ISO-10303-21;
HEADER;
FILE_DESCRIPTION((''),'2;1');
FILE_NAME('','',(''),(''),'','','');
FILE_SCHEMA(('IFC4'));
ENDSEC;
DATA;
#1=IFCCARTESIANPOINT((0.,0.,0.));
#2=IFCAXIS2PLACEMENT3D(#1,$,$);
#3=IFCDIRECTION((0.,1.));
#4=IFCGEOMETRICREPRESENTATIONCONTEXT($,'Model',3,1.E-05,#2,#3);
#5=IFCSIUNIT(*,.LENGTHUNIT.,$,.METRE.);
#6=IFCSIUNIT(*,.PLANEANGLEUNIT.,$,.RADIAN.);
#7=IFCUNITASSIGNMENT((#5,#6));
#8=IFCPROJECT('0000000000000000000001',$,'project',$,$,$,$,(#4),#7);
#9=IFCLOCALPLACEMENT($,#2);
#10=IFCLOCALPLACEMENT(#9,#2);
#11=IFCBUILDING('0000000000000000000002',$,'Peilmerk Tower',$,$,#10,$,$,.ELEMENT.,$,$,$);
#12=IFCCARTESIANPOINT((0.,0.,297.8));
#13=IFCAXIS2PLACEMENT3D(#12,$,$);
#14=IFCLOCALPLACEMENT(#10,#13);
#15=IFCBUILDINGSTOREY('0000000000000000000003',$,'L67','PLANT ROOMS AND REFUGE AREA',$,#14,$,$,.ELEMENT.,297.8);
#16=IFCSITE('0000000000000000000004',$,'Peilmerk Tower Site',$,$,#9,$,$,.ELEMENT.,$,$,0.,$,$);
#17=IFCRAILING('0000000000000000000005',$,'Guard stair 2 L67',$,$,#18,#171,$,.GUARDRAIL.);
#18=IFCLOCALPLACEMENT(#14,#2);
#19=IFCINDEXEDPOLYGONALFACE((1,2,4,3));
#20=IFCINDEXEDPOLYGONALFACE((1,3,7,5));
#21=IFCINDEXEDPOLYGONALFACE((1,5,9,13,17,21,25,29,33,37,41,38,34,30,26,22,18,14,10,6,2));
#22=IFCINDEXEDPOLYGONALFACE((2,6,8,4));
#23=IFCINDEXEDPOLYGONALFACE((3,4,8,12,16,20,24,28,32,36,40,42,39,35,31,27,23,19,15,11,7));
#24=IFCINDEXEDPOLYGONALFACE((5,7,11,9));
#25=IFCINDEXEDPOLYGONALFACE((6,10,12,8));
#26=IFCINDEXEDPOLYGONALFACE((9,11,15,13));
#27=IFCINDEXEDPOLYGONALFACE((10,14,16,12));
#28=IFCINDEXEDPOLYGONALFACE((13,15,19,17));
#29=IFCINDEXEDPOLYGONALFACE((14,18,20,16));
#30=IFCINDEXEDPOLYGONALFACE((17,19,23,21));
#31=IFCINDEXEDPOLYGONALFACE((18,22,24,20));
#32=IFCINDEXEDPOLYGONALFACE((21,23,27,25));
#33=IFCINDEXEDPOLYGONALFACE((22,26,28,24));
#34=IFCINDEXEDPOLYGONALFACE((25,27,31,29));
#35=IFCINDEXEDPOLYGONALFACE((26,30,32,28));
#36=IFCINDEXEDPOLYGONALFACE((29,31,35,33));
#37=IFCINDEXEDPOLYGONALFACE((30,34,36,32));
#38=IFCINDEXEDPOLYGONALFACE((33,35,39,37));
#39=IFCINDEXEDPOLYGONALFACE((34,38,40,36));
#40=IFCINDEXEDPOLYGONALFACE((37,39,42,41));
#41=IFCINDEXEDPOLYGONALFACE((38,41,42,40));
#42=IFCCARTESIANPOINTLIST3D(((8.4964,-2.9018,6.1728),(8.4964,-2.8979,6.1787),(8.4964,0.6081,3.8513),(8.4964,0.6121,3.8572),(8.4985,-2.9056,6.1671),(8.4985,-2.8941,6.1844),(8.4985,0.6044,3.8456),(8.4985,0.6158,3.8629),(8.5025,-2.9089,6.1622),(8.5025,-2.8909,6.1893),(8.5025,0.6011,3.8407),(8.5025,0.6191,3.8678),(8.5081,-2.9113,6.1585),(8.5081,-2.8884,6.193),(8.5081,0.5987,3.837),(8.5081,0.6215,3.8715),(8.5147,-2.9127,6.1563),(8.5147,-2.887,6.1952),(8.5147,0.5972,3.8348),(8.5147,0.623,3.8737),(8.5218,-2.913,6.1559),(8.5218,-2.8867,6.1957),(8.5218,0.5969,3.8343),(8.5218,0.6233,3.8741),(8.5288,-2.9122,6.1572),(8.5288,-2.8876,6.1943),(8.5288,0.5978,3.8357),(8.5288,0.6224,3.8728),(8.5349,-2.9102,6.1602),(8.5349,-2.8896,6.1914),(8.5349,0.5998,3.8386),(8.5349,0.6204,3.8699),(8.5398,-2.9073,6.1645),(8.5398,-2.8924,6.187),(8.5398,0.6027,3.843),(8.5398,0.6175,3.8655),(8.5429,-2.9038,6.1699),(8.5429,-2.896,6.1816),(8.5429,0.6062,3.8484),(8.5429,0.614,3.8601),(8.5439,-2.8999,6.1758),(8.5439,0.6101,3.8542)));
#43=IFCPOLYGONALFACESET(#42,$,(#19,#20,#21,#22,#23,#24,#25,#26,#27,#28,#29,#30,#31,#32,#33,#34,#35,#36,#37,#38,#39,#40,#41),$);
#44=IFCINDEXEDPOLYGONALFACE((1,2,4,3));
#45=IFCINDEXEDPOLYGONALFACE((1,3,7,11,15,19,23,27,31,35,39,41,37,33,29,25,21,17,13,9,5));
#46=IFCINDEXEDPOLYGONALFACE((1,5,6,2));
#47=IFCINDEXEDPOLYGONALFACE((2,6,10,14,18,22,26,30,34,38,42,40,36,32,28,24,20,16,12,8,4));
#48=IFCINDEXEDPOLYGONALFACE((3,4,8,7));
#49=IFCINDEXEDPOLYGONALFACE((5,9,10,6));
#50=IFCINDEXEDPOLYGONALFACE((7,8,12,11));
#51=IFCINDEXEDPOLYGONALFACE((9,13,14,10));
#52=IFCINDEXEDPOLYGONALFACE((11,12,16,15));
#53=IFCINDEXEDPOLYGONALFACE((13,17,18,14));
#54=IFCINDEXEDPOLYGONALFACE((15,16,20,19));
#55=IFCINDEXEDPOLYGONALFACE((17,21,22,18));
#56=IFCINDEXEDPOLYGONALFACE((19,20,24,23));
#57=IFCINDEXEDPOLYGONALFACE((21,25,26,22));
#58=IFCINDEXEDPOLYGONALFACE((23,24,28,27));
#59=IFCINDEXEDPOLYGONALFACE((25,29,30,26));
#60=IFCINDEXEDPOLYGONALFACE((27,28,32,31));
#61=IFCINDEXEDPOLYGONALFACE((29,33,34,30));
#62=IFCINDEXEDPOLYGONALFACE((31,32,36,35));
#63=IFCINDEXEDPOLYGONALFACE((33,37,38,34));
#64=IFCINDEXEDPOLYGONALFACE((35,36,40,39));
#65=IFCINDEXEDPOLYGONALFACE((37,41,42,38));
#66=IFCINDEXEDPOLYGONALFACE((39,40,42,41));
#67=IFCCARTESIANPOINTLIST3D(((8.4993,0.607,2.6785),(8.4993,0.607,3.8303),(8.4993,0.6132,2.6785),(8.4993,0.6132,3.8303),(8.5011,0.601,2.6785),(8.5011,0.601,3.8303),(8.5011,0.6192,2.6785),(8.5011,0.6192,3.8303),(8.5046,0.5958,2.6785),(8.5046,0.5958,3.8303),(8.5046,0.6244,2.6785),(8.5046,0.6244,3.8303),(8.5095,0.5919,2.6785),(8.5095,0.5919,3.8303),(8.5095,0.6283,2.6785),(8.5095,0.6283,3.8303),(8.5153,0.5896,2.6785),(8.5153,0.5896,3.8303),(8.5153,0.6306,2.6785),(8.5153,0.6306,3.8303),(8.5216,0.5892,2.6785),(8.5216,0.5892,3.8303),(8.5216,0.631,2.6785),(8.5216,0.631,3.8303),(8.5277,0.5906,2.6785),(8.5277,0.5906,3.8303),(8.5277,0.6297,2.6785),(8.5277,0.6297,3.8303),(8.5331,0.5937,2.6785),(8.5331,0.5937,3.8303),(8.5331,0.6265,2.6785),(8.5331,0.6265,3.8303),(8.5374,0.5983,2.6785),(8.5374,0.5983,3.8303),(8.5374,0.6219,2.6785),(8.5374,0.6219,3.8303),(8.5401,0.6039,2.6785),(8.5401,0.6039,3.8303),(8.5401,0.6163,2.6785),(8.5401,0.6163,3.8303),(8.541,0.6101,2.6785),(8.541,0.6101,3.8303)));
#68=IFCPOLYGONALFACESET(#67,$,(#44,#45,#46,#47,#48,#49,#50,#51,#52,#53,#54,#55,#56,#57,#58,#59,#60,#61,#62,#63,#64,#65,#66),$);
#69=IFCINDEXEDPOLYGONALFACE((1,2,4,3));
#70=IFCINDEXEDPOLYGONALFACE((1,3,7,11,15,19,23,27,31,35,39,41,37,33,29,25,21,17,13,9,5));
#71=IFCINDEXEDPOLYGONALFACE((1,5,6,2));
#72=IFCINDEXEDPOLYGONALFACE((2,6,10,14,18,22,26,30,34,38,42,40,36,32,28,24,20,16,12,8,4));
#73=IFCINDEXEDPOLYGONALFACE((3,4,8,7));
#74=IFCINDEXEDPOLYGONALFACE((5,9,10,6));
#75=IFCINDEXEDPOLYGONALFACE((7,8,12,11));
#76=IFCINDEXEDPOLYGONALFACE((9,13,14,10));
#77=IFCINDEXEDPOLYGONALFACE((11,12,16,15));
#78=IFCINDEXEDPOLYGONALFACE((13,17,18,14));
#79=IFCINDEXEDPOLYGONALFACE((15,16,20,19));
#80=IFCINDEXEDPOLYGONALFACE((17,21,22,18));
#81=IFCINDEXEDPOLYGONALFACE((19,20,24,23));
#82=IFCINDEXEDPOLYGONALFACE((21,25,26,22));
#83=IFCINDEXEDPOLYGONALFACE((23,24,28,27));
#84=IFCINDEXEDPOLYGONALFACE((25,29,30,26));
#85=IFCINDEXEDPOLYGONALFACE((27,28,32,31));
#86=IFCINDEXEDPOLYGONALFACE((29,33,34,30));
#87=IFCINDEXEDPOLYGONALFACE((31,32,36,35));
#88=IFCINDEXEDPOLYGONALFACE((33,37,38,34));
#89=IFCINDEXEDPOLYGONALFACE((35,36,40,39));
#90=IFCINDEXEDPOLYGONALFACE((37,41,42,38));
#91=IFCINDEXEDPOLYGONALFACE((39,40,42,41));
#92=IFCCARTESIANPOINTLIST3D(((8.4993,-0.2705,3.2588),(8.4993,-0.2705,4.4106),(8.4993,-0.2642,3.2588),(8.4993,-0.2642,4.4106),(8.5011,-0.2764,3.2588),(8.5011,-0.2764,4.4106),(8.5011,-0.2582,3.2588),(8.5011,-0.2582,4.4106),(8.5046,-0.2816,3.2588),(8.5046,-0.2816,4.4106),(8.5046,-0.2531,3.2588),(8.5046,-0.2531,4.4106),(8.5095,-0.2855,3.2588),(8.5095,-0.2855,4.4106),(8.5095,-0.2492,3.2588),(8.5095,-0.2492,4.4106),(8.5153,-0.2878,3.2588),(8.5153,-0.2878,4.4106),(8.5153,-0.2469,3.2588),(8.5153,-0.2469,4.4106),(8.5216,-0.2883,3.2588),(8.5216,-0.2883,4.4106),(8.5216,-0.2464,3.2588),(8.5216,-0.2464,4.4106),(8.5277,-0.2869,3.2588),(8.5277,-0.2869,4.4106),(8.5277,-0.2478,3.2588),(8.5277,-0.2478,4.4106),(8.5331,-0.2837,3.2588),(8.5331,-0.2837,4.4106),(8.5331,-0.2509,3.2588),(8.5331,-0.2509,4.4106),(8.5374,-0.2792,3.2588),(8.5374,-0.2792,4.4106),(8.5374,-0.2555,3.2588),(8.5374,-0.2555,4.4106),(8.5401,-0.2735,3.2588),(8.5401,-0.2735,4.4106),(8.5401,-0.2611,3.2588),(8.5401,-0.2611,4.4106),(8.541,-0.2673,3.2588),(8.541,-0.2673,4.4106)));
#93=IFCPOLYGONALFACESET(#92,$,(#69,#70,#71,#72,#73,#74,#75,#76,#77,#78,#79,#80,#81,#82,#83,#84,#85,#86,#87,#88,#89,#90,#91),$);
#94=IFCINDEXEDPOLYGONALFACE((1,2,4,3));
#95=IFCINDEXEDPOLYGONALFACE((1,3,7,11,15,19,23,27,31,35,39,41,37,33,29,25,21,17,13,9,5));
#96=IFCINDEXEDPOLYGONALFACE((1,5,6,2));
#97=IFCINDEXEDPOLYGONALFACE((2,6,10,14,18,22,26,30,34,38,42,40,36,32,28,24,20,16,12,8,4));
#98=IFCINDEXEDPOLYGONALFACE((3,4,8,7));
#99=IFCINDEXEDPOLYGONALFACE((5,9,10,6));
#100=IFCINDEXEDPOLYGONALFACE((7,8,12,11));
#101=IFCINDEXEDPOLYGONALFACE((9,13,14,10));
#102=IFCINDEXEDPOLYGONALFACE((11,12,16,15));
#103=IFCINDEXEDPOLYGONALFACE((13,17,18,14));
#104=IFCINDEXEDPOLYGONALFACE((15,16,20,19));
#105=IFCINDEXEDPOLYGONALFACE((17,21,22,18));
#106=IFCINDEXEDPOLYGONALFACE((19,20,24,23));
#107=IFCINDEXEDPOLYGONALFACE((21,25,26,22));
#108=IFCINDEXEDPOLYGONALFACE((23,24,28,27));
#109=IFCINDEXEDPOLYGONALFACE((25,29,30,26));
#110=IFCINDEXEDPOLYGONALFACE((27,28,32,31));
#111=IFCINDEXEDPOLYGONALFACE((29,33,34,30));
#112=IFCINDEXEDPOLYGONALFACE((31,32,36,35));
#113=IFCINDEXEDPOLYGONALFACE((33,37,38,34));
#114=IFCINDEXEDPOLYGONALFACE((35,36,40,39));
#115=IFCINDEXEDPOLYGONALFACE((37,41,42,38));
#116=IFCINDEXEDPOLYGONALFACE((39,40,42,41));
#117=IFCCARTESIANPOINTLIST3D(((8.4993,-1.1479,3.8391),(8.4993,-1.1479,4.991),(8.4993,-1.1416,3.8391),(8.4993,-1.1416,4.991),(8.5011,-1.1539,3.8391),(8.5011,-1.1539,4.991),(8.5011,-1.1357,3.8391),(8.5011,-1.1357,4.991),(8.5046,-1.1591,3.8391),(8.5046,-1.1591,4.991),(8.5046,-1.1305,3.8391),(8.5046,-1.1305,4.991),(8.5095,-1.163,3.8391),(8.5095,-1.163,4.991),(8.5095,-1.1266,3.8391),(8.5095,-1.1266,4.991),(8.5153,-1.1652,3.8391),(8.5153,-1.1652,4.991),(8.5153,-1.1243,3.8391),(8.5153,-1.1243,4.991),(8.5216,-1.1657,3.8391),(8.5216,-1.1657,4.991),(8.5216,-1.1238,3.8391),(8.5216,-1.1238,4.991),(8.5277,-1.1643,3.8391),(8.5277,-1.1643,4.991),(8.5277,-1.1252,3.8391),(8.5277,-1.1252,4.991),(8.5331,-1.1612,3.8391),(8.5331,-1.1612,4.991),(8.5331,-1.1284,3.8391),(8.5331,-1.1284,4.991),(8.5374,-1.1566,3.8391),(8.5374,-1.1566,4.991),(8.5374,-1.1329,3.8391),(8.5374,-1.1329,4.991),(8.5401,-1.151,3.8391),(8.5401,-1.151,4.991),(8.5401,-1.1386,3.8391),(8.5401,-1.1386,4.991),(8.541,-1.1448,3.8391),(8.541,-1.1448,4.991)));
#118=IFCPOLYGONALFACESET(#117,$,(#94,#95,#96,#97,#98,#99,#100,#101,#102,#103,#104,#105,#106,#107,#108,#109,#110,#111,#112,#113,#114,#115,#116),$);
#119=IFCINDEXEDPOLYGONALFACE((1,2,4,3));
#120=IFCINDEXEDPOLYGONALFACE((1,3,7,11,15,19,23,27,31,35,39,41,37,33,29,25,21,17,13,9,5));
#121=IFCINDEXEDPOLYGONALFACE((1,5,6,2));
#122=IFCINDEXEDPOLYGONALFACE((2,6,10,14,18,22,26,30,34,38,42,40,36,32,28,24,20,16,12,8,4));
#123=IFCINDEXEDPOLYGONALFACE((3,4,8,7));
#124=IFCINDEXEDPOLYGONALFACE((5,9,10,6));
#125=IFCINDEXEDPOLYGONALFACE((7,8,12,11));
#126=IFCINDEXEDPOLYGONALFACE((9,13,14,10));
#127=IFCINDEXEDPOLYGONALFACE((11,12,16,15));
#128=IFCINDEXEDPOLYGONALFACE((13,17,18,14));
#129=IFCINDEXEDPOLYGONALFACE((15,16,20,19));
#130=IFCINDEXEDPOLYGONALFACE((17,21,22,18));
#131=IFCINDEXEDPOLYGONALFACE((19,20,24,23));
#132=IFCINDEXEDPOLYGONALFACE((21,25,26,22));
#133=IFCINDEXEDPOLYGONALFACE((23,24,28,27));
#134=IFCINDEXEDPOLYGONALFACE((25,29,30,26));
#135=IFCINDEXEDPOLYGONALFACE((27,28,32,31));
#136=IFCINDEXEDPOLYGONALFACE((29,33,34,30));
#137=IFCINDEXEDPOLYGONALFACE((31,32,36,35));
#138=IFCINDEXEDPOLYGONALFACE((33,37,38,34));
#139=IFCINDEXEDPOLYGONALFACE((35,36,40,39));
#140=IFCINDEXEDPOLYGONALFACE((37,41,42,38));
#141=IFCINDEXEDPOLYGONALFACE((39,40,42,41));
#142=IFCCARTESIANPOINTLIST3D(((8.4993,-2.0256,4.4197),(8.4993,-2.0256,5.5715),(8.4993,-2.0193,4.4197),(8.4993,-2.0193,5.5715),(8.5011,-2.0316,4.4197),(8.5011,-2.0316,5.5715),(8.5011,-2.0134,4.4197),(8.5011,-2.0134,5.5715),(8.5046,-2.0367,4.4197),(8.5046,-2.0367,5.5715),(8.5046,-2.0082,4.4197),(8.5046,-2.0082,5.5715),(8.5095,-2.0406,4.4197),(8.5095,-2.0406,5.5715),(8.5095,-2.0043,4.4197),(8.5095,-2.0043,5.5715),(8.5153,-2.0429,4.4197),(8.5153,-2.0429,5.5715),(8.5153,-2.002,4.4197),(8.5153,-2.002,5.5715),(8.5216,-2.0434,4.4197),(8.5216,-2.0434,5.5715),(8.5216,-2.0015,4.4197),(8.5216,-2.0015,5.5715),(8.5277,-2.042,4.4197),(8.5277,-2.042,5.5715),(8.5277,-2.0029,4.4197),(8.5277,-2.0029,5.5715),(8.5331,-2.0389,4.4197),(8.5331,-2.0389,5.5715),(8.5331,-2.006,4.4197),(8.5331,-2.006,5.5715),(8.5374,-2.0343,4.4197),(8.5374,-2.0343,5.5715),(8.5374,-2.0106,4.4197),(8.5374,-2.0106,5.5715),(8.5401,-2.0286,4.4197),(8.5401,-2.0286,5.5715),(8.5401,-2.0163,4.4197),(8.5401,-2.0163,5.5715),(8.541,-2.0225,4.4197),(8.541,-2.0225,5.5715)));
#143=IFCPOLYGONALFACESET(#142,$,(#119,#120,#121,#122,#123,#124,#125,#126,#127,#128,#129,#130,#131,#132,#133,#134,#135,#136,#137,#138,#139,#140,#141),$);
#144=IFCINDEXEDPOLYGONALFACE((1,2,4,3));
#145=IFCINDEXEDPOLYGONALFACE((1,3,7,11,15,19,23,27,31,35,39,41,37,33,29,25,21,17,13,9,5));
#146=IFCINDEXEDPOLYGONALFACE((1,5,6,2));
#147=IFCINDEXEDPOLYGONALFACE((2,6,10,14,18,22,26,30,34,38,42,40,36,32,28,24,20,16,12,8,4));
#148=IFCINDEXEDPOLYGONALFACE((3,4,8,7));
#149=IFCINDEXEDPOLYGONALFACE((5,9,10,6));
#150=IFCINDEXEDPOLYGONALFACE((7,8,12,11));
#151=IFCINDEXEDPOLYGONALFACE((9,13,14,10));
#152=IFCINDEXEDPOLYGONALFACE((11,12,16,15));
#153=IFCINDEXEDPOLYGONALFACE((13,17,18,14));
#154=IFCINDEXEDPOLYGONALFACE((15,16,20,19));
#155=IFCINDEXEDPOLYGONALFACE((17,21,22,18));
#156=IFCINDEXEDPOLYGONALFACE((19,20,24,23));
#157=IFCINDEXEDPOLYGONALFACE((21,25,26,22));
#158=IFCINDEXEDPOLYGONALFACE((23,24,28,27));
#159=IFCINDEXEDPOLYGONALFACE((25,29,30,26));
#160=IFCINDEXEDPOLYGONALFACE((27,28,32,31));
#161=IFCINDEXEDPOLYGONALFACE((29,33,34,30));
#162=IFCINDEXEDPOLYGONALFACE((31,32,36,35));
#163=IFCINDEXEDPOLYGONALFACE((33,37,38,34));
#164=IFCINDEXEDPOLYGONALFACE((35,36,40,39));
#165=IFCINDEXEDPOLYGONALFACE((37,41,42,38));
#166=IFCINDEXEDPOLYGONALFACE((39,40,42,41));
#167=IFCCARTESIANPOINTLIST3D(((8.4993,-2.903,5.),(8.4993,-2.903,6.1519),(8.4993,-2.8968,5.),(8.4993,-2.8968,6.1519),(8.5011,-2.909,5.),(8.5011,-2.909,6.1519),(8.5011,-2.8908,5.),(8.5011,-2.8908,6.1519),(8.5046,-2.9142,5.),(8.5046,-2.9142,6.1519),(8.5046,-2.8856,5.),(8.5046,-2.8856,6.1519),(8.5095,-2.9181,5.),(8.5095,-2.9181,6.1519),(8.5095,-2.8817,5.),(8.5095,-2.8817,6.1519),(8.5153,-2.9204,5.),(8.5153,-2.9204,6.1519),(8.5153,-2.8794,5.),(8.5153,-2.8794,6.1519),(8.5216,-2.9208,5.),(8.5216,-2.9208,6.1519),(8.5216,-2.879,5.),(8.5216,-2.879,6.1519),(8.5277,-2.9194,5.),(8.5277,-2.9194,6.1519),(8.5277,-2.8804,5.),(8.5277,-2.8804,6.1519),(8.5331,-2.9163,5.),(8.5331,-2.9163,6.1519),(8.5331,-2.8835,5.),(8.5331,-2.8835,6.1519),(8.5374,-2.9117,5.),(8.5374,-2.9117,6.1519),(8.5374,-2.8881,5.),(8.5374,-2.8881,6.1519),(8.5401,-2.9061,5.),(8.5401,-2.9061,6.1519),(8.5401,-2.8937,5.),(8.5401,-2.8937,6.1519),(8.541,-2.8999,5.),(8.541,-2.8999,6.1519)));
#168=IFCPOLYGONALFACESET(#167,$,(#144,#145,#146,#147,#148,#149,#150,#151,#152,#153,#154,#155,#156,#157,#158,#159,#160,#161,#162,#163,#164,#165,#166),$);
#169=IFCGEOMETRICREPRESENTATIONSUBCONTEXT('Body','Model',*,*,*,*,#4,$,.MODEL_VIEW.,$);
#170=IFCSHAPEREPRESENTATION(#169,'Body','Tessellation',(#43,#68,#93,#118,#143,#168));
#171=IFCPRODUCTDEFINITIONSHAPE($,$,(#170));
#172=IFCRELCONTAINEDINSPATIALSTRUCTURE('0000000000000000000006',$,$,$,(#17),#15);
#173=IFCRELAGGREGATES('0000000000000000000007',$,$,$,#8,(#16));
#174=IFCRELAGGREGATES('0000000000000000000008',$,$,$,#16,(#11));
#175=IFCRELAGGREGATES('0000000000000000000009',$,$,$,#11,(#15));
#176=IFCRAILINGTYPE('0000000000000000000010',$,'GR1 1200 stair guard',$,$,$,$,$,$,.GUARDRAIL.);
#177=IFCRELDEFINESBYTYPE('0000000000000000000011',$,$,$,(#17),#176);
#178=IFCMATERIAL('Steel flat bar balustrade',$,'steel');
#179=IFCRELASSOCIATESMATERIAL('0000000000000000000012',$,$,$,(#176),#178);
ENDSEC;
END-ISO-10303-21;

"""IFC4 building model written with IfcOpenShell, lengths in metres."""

from ifc_helpers import new_model, si_unit, direction, frame, origin, origin_2d, place, context, subcontext, project, spatial, circle, extrude, material, type_object, element, save


model = new_model("IFC4")

# Units and contexts
model_context = context("Model", 3, precision=1e-05, world=origin(), true_north=direction((0.0, 1.0)))
body_context = subcontext(model_context, "Body", "Model", "MODEL_VIEW")
ifc_project = project(units=[si_unit("LENGTHUNIT", "METRE"), si_unit("PLANEANGLEUNIT", "RADIAN")], contexts=[model_context])

# Site, building, storey
site_placement = place(None, origin())
site = spatial("IfcSite", under=ifc_project, at=site_placement, Name="Peilmerk Tower Site", CompositionType="ELEMENT", RefElevation=0.0)
building_placement = place(site_placement, origin())
building = spatial("IfcBuilding", under=site, at=building_placement, Name="Peilmerk Tower", CompositionType="ELEMENT")
storey_placement = place(building_placement, frame((0.0, 0.0, 297.8)))
storey = spatial("IfcBuildingStorey", under=building, at=storey_placement, Name="L67", Description="PLANT ROOMS AND REFUGE AREA", CompositionType="ELEMENT", Elevation=297.8)

# Railing
ifc_material_1 = material(Name="Steel flat bar balustrade", Category="steel")
railing_type_1 = type_object("IfcRailingType", Name="GR1 1200 stair guard", PredefinedType="GUARDRAIL", material=ifc_material_1)
railing_1_placement = place(storey_placement, frame((8.52, 0.6101, 2.6785)))
element("IfcRailing", 1, at=railing_1_placement, inside=storey, type_object=railing_type_1, Name="Guard stair 2 L67", PredefinedType="GUARDRAIL", context=body_context, shape_type="SweptSolid", body=[
    extrude(circle(Radius=0.0239, at=origin_2d()), frame((0.0, 0.0, 1.1758), z_axis=(0.0, -0.834071, 0.551657), x_axis=(1.0, 0.0, 0.0)), (0.0, 0.0, 1.0), 4.2083),
    extrude(circle(Radius=0.021, at=origin_2d()), origin(), (0.0, 0.0, 1.0), 1.1519),
    extrude(circle(Radius=0.021, at=origin_2d()), frame((0.0, -0.8774, 0.5803)), (0.0, 0.0, 1.0), 1.1519),
    extrude(circle(Radius=0.021, at=origin_2d()), frame((0.0, -1.7549, 1.1606)), (0.0, 0.0, 1.0), 1.1519),
    extrude(circle(Radius=0.021, at=origin_2d()), frame((0.0, -2.6326, 1.7412)), (0.0, 0.0, 1.0), 1.1519),
    extrude(circle(Radius=0.021, at=origin_2d()), frame((0.0, -3.51, 2.3215)), (0.0, 0.0, 1.0), 1.1519),
])

save(model, "model.ifc")
